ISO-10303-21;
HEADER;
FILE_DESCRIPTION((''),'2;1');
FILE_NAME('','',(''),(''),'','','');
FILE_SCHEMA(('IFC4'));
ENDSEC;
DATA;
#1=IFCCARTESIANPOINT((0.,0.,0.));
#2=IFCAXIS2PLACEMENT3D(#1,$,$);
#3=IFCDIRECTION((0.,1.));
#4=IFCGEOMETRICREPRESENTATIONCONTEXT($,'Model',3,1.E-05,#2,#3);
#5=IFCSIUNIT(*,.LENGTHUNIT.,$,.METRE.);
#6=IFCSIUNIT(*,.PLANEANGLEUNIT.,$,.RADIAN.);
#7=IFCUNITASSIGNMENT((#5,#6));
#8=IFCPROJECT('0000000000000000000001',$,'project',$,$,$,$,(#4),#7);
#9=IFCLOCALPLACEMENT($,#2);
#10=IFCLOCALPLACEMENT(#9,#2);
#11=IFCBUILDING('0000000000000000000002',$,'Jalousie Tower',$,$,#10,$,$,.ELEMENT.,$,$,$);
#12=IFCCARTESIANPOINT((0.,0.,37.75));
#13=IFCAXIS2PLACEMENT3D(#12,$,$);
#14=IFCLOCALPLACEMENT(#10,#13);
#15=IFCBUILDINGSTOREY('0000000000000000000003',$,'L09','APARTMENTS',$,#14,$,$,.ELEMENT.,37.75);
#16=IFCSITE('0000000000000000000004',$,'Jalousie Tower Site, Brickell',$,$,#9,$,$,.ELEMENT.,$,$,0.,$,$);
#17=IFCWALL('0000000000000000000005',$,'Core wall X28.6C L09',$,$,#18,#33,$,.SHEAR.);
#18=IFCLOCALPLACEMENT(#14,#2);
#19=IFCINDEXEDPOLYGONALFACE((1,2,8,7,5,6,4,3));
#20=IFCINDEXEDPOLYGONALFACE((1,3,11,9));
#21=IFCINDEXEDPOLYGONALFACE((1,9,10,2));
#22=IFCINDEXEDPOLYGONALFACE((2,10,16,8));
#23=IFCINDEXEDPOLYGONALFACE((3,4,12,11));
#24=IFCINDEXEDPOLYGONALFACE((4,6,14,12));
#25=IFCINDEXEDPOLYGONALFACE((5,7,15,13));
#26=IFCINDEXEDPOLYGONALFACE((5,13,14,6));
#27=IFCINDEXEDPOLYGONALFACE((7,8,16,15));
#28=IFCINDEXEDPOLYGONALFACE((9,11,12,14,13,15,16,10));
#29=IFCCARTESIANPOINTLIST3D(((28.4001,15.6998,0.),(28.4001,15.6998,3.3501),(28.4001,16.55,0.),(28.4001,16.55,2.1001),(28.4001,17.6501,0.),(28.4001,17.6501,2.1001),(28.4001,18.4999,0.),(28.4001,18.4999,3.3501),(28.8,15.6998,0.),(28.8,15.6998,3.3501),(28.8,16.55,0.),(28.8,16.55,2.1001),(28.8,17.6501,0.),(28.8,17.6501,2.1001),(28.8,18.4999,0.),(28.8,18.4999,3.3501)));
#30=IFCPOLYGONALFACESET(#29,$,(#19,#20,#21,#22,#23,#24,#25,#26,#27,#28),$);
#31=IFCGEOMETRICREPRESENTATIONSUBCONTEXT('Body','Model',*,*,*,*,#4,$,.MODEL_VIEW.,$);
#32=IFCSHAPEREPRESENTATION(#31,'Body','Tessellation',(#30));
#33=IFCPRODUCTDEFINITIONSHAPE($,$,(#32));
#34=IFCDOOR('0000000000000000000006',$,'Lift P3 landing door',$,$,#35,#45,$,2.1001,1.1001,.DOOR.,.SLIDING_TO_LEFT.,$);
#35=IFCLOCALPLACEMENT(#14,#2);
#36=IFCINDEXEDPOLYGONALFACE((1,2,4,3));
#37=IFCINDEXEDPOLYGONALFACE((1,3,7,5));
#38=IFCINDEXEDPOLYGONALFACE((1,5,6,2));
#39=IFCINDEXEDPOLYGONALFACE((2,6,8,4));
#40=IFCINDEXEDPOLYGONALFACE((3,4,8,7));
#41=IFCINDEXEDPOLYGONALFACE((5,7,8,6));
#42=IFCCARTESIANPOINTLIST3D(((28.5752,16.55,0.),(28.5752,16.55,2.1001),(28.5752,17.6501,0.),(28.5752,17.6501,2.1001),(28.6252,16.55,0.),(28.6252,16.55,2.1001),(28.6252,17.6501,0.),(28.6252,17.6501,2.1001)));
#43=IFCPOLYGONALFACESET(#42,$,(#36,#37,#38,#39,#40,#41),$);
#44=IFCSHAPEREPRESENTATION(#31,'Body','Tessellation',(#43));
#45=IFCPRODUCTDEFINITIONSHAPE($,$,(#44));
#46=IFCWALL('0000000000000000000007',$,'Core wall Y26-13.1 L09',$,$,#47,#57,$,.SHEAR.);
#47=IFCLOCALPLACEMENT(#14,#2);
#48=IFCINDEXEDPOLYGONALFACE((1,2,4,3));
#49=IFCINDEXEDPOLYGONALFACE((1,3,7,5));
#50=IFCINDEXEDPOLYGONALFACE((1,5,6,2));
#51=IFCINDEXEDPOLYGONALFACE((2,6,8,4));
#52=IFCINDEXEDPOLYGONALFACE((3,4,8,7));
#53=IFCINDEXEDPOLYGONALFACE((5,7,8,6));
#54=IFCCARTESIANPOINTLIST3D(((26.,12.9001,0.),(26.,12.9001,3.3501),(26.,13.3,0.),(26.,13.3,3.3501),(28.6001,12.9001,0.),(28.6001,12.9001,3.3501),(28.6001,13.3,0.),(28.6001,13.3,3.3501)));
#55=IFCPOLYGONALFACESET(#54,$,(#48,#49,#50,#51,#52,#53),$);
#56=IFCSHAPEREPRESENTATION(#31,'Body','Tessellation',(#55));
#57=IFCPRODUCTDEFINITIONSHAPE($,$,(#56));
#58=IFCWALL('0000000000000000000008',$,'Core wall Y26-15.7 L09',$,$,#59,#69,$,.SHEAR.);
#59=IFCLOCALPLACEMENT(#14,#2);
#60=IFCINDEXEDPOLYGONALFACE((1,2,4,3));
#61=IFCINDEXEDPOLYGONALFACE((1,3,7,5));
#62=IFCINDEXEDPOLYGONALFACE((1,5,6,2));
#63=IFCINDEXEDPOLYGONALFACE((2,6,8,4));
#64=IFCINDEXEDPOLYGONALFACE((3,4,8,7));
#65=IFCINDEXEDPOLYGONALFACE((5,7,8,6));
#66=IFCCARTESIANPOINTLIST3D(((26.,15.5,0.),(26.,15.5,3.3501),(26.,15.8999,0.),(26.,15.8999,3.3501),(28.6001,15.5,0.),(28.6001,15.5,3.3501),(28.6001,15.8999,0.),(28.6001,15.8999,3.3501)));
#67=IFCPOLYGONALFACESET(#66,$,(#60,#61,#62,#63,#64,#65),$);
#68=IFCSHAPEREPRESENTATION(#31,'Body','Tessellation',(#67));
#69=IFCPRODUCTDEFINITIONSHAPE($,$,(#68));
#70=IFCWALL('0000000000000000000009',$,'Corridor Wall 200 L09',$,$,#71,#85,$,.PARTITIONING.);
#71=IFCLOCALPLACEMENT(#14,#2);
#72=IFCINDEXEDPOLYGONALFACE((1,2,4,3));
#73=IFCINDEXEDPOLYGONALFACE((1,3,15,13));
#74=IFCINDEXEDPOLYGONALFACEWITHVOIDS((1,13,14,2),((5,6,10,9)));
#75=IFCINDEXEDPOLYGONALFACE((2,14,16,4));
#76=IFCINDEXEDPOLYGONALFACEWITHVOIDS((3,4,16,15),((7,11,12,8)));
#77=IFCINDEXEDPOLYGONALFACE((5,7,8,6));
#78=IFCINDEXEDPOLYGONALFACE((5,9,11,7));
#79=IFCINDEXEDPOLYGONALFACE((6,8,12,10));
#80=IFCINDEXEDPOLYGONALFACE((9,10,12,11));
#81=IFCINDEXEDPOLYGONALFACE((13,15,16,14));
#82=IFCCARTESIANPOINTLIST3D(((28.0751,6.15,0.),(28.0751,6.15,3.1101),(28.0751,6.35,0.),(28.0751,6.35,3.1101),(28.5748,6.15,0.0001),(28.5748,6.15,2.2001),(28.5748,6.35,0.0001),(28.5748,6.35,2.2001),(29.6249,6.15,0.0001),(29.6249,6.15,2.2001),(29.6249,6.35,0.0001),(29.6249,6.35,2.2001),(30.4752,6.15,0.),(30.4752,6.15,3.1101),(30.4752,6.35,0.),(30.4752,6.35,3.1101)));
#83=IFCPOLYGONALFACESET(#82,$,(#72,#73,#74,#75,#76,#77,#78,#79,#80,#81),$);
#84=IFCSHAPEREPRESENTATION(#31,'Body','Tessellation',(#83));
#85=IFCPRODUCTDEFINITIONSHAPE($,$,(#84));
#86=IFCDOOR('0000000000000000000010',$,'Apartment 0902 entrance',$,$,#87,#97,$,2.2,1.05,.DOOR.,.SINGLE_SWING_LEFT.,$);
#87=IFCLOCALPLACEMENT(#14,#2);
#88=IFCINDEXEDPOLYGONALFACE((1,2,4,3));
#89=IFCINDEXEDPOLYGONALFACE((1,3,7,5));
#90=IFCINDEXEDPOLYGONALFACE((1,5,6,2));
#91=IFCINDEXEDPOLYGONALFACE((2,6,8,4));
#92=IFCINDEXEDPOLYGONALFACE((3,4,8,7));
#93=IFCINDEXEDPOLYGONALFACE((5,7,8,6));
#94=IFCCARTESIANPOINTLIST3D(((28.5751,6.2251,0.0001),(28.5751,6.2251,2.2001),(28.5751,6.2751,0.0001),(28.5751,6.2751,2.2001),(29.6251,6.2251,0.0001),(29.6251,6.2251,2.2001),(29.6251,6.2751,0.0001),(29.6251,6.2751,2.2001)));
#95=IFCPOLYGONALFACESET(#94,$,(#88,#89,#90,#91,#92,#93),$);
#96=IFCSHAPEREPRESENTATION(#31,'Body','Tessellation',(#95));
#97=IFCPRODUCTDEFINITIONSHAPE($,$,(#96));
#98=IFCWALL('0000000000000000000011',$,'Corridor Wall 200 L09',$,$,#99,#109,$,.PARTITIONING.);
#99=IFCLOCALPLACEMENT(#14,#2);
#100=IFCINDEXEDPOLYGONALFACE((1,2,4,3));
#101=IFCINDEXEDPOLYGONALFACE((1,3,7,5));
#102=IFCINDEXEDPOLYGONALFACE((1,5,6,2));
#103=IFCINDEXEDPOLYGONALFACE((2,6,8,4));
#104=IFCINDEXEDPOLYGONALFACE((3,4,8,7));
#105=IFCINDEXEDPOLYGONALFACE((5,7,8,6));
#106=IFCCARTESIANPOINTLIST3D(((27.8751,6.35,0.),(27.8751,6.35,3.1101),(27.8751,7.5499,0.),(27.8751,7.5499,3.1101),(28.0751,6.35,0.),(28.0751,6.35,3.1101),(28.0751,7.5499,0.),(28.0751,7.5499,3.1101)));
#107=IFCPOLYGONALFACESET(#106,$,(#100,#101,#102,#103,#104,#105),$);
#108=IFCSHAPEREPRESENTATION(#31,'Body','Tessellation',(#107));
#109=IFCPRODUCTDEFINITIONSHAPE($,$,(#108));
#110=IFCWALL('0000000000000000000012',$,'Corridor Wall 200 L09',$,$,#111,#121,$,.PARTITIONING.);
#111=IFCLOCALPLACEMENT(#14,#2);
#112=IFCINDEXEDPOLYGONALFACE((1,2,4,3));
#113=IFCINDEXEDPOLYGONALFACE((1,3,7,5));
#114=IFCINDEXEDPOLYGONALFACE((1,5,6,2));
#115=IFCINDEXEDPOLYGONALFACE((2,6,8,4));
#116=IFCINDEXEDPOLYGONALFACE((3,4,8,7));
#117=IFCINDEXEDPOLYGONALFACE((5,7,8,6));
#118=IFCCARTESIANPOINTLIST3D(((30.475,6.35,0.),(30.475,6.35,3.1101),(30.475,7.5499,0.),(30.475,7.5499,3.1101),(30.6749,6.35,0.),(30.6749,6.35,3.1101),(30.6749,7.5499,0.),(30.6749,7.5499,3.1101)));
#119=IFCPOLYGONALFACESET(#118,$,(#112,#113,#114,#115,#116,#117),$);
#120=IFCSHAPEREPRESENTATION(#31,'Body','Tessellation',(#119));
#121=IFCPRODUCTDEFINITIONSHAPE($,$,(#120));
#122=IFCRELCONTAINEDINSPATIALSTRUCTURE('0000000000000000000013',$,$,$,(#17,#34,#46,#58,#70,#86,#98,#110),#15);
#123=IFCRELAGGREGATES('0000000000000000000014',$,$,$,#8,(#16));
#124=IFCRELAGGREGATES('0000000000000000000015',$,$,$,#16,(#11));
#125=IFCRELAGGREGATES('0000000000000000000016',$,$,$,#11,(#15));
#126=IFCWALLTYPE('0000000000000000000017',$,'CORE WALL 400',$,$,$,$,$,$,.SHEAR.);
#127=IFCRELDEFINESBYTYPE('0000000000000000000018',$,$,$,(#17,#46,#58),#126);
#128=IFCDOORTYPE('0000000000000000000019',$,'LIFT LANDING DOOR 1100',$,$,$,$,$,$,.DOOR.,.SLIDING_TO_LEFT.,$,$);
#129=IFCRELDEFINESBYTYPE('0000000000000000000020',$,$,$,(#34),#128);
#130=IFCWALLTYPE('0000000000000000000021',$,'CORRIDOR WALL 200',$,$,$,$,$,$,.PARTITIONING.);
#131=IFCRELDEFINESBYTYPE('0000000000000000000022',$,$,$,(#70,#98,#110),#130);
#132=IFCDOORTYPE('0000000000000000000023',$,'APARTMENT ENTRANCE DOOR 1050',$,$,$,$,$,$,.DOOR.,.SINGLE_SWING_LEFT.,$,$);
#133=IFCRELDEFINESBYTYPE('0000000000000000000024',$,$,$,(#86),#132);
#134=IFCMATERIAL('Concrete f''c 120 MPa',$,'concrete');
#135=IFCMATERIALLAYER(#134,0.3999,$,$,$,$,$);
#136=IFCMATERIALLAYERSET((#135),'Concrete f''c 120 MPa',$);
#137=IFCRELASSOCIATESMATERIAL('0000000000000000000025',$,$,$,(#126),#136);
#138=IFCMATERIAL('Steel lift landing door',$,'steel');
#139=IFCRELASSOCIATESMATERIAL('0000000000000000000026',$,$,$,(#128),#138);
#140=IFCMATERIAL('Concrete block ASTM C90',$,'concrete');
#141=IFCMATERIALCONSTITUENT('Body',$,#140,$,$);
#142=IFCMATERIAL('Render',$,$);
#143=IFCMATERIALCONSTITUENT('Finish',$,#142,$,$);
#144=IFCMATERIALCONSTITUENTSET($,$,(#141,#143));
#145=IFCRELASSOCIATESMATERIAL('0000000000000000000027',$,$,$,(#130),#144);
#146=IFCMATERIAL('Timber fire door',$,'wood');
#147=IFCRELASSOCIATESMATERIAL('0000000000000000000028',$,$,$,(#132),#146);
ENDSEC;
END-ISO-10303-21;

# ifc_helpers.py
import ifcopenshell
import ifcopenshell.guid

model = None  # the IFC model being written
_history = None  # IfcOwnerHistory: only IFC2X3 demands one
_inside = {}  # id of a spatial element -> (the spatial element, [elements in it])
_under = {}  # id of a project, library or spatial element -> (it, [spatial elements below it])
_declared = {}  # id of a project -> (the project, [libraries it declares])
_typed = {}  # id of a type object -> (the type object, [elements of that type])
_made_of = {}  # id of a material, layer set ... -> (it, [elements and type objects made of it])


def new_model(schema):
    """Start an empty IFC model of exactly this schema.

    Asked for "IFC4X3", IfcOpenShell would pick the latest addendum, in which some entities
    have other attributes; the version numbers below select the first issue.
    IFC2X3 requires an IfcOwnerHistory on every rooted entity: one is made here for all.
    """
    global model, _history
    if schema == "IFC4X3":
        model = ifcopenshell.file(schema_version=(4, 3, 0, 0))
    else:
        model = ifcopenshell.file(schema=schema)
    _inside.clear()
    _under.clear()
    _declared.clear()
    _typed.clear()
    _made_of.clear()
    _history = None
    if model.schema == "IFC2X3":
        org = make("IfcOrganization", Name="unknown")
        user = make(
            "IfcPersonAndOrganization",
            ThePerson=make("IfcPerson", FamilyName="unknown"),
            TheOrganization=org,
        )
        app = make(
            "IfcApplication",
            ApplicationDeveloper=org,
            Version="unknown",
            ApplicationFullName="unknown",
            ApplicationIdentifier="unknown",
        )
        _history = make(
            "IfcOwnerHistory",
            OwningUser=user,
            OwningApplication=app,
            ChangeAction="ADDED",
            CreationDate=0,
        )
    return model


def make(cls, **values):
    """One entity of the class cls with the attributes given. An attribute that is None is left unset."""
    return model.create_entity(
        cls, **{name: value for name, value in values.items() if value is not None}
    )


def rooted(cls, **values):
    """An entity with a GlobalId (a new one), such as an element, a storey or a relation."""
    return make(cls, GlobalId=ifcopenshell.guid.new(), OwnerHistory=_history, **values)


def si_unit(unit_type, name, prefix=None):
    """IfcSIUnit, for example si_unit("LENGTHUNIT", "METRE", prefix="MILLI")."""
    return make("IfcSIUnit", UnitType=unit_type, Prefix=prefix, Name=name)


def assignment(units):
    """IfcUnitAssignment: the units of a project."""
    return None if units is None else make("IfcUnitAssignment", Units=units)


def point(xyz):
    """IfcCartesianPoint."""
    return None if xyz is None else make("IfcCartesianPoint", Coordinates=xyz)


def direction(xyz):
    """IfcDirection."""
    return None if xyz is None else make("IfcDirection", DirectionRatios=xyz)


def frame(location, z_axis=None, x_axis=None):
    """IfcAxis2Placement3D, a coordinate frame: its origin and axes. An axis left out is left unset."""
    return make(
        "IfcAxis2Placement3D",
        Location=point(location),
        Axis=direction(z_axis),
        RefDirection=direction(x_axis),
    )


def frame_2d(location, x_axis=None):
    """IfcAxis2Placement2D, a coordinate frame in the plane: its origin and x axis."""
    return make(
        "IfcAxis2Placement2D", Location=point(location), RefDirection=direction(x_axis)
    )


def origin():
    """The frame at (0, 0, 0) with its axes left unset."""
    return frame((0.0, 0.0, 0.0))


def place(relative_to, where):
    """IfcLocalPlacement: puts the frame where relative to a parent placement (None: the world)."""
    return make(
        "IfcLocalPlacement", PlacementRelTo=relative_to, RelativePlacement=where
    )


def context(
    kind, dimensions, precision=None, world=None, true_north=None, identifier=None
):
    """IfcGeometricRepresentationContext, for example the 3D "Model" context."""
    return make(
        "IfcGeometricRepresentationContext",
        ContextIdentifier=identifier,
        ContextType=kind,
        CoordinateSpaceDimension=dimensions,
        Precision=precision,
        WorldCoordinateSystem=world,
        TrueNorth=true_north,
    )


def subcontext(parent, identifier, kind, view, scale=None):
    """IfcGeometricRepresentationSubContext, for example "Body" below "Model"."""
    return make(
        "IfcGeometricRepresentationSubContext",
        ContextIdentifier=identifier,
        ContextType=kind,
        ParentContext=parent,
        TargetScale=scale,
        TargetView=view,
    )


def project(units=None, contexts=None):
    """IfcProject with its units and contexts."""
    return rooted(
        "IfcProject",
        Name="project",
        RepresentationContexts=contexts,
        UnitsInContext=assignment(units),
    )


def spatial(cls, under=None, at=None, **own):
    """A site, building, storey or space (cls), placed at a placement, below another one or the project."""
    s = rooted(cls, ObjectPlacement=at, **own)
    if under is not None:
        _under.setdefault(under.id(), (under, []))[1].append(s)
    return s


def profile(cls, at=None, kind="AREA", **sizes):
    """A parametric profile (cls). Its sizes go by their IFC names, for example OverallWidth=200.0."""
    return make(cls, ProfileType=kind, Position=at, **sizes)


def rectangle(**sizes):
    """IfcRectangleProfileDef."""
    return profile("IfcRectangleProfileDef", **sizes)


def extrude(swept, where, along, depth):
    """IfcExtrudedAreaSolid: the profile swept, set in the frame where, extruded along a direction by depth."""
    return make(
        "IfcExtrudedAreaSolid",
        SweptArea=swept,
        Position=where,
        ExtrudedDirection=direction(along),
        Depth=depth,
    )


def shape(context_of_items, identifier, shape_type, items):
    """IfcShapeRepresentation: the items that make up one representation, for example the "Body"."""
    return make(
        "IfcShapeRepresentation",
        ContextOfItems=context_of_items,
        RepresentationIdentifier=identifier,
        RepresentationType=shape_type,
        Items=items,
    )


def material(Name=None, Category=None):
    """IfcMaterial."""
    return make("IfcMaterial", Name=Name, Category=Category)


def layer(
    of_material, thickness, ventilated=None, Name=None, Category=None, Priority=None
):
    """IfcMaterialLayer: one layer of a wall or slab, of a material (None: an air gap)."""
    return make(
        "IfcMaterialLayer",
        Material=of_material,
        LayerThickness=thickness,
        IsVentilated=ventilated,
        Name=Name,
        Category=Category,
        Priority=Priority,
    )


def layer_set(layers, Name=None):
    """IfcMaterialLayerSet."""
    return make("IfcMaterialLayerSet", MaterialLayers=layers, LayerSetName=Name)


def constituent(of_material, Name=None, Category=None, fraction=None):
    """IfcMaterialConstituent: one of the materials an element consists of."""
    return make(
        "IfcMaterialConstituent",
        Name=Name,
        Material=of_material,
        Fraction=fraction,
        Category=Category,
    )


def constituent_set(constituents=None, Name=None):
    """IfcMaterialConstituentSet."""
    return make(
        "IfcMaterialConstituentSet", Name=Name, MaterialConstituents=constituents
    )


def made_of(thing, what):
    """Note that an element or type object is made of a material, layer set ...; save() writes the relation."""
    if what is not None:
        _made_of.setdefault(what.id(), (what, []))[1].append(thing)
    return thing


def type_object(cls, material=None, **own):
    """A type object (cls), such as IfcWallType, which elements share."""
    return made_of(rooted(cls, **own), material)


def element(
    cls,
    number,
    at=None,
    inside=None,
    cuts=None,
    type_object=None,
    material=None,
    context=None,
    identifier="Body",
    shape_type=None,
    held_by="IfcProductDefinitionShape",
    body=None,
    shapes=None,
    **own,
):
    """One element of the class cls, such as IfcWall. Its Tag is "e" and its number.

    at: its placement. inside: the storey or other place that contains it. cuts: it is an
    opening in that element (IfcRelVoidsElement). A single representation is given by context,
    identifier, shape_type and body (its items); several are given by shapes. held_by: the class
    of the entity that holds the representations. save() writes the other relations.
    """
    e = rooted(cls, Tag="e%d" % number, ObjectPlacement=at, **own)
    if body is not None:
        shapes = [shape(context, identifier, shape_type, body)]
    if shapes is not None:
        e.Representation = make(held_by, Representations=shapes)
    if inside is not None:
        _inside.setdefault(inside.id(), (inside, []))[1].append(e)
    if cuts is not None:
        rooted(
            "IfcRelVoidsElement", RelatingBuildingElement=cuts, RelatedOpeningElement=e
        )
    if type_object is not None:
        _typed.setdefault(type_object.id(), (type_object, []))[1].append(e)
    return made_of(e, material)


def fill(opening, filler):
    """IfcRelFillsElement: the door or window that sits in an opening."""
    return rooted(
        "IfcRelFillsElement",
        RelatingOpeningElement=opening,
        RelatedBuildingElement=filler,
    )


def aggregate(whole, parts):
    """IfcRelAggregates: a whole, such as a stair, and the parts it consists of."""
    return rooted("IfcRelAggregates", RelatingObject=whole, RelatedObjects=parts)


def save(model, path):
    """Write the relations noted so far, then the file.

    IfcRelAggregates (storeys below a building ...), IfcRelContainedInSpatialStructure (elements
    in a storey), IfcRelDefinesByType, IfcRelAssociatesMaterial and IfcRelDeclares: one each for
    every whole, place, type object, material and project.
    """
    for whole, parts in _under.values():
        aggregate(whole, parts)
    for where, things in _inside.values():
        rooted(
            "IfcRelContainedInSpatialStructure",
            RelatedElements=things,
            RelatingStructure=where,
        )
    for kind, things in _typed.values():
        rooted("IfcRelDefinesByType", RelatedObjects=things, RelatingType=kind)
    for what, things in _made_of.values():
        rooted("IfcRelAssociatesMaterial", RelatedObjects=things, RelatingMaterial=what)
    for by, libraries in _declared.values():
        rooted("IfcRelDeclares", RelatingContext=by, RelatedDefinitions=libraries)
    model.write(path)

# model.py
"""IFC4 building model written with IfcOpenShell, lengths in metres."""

from ifc_helpers import new_model, si_unit, direction, frame, frame_2d, origin, place, context, subcontext, project, spatial, rectangle, extrude, material, layer, layer_set, constituent, constituent_set, type_object, element, fill, save


model = new_model("IFC4")

# Units and contexts
model_context = context("Model", 3, precision=1e-05, world=origin(), true_north=direction((0.0, 1.0)))
body_context = subcontext(model_context, "Body", "Model", "MODEL_VIEW")
ifc_project = project(units=[si_unit("LENGTHUNIT", "METRE"), si_unit("PLANEANGLEUNIT", "RADIAN")], contexts=[model_context])

# Site, building, storey
site_placement = place(None, origin())
site = spatial("IfcSite", under=ifc_project, at=site_placement, Name="Jalousie Tower Site, Brickell", CompositionType="ELEMENT", RefElevation=0.0)
building_placement = place(site_placement, origin())
building = spatial("IfcBuilding", under=site, at=building_placement, Name="Jalousie Tower", CompositionType="ELEMENT")
storey_placement = place(building_placement, frame((0.0, 0.0, 37.75)))
storey = spatial("IfcBuildingStorey", under=building, at=storey_placement, Name="L09", Description="APARTMENTS", CompositionType="ELEMENT", Elevation=37.75)

# Shared definitions
ifc_material_1 = material(Name="Concrete f'c 120 MPa", Category="concrete")
ifc_layer_1 = layer(ifc_material_1, 0.3999)
ifc_layer_set_1 = layer_set([ifc_layer_1], Name="Concrete f'c 120 MPa")
wall_type_1 = type_object("IfcWallType", Name="CORE WALL 400", PredefinedType="SHEAR", material=ifc_layer_set_1)

# Wall, opening, door
ifc_material_2 = material(Name="Steel lift landing door", Category="steel")
door_type_1 = type_object("IfcDoorType", Name="LIFT LANDING DOOR 1100", OperationType="SLIDING_TO_LEFT", PredefinedType="DOOR", material=ifc_material_2)
wall_1_placement = place(storey_placement, frame((28.6001, 15.7, 0.0), z_axis=(0.0, 0.0, 1.0), x_axis=(0.0, 1.0, 0.0)))
wall_1 = element("IfcWall", 1, at=wall_1_placement, inside=storey, type_object=wall_type_1, Name="Core wall X28.6C L09", PredefinedType="SHEAR", context=body_context, shape_type="SweptSolid", body=[
    extrude(rectangle(XDim=2.8, YDim=0.3999, at=frame_2d((1.3999, 0.0))), origin(), (0.0, 0.0, 1.0), 3.3501),
])
opening_1_placement = place(wall_1_placement, frame((0.8501, 0.0, 0.0)))
opening_1 = element("IfcOpeningElement", 2, at=opening_1_placement, cuts=wall_1, PredefinedType="OPENING", context=body_context, shape_type="SweptSolid", body=[
    extrude(rectangle(XDim=1.1001, YDim=2.1001, at=frame_2d((0.55, 1.05))), frame((0.0, 0.21, 0.0), z_axis=(0.0, -1.0, 0.0), x_axis=(1.0, 0.0, 0.0)), (0.0, 0.0, 1.0), 0.4199),
])
door_1_placement = place(opening_1_placement, origin())
door_1 = element("IfcDoor", 3, at=door_1_placement, inside=storey, type_object=door_type_1, Name="Lift P3 landing door", OperationType="SLIDING_TO_LEFT", OverallHeight=2.1001, OverallWidth=1.1001, PredefinedType="DOOR", context=body_context, shape_type="SweptSolid", body=[
    extrude(rectangle(XDim=1.1001, YDim=2.1001, at=frame_2d((0.55, 1.05))), frame((0.0, 0.0249, 0.0), z_axis=(0.0, -1.0, 0.0), x_axis=(1.0, 0.0, 0.0)), (0.0, 0.0, 1.0), 0.05),
])
fill(opening_1, door_1)

# Walls
for number, where, z_axis, x_axis, name in (
    (4, (26.0, 13.1001, 0.0), (0.0, 0.0, 1.0), (1.0, 0.0, 0.0), "Core wall Y26-13.1 L09"),
    (5, (26.0, 15.7, 0.0), (0.0, 0.0, 1.0), (1.0, 0.0, 0.0), "Core wall Y26-15.7 L09"),
):
    element("IfcWall", number, at=place(storey_placement, frame(where, z_axis=z_axis, x_axis=x_axis)), inside=storey, type_object=wall_type_1, Name=name, PredefinedType="SHEAR", context=body_context, shape_type="SweptSolid", body=[
        extrude(rectangle(XDim=2.6001, YDim=0.3999, at=frame_2d((1.3, 0.0))), origin(), (0.0, 0.0, 1.0), 3.3501),
    ])

# Wall, opening, door
ifc_material_3 = material(Name="Concrete block ASTM C90", Category="concrete")
ifc_constituent_1 = constituent(ifc_material_3, Name="Body")
ifc_material_4 = material(Name="Render")
ifc_constituent_2 = constituent(ifc_material_4, Name="Finish")
ifc_constituent_set_1 = constituent_set(constituents=[ifc_constituent_1, ifc_constituent_2])
wall_type_2 = type_object("IfcWallType", Name="CORRIDOR WALL 200", PredefinedType="PARTITIONING", material=ifc_constituent_set_1)
wall_2_placement = place(storey_placement, frame((28.075, 6.25, 0.0), z_axis=(0.0, 0.0, 1.0), x_axis=(1.0, 0.0, 0.0)))
wall_2 = element("IfcWall", 6, at=wall_2_placement, inside=storey, type_object=wall_type_2, Name="Corridor Wall 200 L09", PredefinedType="PARTITIONING", context=body_context, shape_type="SweptSolid", body=[
    extrude(rectangle(XDim=2.4001, YDim=0.2, at=frame_2d((1.2002, 0.0))), origin(), (0.0, 0.0, 1.0), 3.1101),
])
opening_2_placement = place(wall_2_placement, frame((0.5, 0.0, 0.0)))
opening_2 = element("IfcOpeningElement", 7, at=opening_2_placement, cuts=wall_2, PredefinedType="OPENING", context=body_context, shape_type="SweptSolid", body=[
    extrude(rectangle(XDim=1.05, YDim=2.2, at=frame_2d((0.5249, 1.1001))), frame((0.0, 0.1099, 0.0), z_axis=(0.0, -1.0, 0.0), x_axis=(1.0, 0.0, 0.0)), (0.0, 0.0, 1.0), 0.22),
])
ifc_material_5 = material(Name="Timber fire door", Category="wood")
door_type_2 = type_object("IfcDoorType", Name="APARTMENT ENTRANCE DOOR 1050", OperationType="SINGLE_SWING_LEFT", PredefinedType="DOOR", material=ifc_material_5)
door_2_placement = place(opening_2_placement, frame((1.05, 0.0, 0.0), z_axis=(0.0, 0.0, 1.0), x_axis=(-1.0, 0.0, 0.0)))
door_2 = element("IfcDoor", 8, at=door_2_placement, inside=storey, type_object=door_type_2, Name="Apartment 0902 entrance", OperationType="SINGLE_SWING_LEFT", OverallHeight=2.2, OverallWidth=1.05, PredefinedType="DOOR", context=body_context, shape_type="SweptSolid", body=[
    extrude(rectangle(XDim=1.05, YDim=2.2, at=frame_2d((0.5249, 1.1001))), frame((0.0, 0.0249, 0.0), z_axis=(0.0, -1.0, 0.0), x_axis=(1.0, 0.0, 0.0)), (0.0, 0.0, 1.0), 0.05),
])
fill(opening_2, door_2)

# Walls
for number, where, z_axis, x_axis, name in (
    (9, (27.9751, 7.55, 0.0), (0.0, 0.0, 1.0), (0.0, -1.0, 0.0), "Corridor Wall 200 L09"),
    (10, (30.575, 7.55, 0.0), (0.0, 0.0, 1.0), (0.0, -1.0, 0.0), "Corridor Wall 200 L09"),
):
    element("IfcWall", number, at=place(storey_placement, frame(where, z_axis=z_axis, x_axis=x_axis)), inside=storey, type_object=wall_type_2, Name=name, PredefinedType="PARTITIONING", context=body_context, shape_type="SweptSolid", body=[
        extrude(rectangle(XDim=1.2, YDim=0.2, at=frame_2d((0.6001, 0.0))), origin(), (0.0, 0.0, 1.0), 3.1101),
    ])

save(model, "model.ifc")
